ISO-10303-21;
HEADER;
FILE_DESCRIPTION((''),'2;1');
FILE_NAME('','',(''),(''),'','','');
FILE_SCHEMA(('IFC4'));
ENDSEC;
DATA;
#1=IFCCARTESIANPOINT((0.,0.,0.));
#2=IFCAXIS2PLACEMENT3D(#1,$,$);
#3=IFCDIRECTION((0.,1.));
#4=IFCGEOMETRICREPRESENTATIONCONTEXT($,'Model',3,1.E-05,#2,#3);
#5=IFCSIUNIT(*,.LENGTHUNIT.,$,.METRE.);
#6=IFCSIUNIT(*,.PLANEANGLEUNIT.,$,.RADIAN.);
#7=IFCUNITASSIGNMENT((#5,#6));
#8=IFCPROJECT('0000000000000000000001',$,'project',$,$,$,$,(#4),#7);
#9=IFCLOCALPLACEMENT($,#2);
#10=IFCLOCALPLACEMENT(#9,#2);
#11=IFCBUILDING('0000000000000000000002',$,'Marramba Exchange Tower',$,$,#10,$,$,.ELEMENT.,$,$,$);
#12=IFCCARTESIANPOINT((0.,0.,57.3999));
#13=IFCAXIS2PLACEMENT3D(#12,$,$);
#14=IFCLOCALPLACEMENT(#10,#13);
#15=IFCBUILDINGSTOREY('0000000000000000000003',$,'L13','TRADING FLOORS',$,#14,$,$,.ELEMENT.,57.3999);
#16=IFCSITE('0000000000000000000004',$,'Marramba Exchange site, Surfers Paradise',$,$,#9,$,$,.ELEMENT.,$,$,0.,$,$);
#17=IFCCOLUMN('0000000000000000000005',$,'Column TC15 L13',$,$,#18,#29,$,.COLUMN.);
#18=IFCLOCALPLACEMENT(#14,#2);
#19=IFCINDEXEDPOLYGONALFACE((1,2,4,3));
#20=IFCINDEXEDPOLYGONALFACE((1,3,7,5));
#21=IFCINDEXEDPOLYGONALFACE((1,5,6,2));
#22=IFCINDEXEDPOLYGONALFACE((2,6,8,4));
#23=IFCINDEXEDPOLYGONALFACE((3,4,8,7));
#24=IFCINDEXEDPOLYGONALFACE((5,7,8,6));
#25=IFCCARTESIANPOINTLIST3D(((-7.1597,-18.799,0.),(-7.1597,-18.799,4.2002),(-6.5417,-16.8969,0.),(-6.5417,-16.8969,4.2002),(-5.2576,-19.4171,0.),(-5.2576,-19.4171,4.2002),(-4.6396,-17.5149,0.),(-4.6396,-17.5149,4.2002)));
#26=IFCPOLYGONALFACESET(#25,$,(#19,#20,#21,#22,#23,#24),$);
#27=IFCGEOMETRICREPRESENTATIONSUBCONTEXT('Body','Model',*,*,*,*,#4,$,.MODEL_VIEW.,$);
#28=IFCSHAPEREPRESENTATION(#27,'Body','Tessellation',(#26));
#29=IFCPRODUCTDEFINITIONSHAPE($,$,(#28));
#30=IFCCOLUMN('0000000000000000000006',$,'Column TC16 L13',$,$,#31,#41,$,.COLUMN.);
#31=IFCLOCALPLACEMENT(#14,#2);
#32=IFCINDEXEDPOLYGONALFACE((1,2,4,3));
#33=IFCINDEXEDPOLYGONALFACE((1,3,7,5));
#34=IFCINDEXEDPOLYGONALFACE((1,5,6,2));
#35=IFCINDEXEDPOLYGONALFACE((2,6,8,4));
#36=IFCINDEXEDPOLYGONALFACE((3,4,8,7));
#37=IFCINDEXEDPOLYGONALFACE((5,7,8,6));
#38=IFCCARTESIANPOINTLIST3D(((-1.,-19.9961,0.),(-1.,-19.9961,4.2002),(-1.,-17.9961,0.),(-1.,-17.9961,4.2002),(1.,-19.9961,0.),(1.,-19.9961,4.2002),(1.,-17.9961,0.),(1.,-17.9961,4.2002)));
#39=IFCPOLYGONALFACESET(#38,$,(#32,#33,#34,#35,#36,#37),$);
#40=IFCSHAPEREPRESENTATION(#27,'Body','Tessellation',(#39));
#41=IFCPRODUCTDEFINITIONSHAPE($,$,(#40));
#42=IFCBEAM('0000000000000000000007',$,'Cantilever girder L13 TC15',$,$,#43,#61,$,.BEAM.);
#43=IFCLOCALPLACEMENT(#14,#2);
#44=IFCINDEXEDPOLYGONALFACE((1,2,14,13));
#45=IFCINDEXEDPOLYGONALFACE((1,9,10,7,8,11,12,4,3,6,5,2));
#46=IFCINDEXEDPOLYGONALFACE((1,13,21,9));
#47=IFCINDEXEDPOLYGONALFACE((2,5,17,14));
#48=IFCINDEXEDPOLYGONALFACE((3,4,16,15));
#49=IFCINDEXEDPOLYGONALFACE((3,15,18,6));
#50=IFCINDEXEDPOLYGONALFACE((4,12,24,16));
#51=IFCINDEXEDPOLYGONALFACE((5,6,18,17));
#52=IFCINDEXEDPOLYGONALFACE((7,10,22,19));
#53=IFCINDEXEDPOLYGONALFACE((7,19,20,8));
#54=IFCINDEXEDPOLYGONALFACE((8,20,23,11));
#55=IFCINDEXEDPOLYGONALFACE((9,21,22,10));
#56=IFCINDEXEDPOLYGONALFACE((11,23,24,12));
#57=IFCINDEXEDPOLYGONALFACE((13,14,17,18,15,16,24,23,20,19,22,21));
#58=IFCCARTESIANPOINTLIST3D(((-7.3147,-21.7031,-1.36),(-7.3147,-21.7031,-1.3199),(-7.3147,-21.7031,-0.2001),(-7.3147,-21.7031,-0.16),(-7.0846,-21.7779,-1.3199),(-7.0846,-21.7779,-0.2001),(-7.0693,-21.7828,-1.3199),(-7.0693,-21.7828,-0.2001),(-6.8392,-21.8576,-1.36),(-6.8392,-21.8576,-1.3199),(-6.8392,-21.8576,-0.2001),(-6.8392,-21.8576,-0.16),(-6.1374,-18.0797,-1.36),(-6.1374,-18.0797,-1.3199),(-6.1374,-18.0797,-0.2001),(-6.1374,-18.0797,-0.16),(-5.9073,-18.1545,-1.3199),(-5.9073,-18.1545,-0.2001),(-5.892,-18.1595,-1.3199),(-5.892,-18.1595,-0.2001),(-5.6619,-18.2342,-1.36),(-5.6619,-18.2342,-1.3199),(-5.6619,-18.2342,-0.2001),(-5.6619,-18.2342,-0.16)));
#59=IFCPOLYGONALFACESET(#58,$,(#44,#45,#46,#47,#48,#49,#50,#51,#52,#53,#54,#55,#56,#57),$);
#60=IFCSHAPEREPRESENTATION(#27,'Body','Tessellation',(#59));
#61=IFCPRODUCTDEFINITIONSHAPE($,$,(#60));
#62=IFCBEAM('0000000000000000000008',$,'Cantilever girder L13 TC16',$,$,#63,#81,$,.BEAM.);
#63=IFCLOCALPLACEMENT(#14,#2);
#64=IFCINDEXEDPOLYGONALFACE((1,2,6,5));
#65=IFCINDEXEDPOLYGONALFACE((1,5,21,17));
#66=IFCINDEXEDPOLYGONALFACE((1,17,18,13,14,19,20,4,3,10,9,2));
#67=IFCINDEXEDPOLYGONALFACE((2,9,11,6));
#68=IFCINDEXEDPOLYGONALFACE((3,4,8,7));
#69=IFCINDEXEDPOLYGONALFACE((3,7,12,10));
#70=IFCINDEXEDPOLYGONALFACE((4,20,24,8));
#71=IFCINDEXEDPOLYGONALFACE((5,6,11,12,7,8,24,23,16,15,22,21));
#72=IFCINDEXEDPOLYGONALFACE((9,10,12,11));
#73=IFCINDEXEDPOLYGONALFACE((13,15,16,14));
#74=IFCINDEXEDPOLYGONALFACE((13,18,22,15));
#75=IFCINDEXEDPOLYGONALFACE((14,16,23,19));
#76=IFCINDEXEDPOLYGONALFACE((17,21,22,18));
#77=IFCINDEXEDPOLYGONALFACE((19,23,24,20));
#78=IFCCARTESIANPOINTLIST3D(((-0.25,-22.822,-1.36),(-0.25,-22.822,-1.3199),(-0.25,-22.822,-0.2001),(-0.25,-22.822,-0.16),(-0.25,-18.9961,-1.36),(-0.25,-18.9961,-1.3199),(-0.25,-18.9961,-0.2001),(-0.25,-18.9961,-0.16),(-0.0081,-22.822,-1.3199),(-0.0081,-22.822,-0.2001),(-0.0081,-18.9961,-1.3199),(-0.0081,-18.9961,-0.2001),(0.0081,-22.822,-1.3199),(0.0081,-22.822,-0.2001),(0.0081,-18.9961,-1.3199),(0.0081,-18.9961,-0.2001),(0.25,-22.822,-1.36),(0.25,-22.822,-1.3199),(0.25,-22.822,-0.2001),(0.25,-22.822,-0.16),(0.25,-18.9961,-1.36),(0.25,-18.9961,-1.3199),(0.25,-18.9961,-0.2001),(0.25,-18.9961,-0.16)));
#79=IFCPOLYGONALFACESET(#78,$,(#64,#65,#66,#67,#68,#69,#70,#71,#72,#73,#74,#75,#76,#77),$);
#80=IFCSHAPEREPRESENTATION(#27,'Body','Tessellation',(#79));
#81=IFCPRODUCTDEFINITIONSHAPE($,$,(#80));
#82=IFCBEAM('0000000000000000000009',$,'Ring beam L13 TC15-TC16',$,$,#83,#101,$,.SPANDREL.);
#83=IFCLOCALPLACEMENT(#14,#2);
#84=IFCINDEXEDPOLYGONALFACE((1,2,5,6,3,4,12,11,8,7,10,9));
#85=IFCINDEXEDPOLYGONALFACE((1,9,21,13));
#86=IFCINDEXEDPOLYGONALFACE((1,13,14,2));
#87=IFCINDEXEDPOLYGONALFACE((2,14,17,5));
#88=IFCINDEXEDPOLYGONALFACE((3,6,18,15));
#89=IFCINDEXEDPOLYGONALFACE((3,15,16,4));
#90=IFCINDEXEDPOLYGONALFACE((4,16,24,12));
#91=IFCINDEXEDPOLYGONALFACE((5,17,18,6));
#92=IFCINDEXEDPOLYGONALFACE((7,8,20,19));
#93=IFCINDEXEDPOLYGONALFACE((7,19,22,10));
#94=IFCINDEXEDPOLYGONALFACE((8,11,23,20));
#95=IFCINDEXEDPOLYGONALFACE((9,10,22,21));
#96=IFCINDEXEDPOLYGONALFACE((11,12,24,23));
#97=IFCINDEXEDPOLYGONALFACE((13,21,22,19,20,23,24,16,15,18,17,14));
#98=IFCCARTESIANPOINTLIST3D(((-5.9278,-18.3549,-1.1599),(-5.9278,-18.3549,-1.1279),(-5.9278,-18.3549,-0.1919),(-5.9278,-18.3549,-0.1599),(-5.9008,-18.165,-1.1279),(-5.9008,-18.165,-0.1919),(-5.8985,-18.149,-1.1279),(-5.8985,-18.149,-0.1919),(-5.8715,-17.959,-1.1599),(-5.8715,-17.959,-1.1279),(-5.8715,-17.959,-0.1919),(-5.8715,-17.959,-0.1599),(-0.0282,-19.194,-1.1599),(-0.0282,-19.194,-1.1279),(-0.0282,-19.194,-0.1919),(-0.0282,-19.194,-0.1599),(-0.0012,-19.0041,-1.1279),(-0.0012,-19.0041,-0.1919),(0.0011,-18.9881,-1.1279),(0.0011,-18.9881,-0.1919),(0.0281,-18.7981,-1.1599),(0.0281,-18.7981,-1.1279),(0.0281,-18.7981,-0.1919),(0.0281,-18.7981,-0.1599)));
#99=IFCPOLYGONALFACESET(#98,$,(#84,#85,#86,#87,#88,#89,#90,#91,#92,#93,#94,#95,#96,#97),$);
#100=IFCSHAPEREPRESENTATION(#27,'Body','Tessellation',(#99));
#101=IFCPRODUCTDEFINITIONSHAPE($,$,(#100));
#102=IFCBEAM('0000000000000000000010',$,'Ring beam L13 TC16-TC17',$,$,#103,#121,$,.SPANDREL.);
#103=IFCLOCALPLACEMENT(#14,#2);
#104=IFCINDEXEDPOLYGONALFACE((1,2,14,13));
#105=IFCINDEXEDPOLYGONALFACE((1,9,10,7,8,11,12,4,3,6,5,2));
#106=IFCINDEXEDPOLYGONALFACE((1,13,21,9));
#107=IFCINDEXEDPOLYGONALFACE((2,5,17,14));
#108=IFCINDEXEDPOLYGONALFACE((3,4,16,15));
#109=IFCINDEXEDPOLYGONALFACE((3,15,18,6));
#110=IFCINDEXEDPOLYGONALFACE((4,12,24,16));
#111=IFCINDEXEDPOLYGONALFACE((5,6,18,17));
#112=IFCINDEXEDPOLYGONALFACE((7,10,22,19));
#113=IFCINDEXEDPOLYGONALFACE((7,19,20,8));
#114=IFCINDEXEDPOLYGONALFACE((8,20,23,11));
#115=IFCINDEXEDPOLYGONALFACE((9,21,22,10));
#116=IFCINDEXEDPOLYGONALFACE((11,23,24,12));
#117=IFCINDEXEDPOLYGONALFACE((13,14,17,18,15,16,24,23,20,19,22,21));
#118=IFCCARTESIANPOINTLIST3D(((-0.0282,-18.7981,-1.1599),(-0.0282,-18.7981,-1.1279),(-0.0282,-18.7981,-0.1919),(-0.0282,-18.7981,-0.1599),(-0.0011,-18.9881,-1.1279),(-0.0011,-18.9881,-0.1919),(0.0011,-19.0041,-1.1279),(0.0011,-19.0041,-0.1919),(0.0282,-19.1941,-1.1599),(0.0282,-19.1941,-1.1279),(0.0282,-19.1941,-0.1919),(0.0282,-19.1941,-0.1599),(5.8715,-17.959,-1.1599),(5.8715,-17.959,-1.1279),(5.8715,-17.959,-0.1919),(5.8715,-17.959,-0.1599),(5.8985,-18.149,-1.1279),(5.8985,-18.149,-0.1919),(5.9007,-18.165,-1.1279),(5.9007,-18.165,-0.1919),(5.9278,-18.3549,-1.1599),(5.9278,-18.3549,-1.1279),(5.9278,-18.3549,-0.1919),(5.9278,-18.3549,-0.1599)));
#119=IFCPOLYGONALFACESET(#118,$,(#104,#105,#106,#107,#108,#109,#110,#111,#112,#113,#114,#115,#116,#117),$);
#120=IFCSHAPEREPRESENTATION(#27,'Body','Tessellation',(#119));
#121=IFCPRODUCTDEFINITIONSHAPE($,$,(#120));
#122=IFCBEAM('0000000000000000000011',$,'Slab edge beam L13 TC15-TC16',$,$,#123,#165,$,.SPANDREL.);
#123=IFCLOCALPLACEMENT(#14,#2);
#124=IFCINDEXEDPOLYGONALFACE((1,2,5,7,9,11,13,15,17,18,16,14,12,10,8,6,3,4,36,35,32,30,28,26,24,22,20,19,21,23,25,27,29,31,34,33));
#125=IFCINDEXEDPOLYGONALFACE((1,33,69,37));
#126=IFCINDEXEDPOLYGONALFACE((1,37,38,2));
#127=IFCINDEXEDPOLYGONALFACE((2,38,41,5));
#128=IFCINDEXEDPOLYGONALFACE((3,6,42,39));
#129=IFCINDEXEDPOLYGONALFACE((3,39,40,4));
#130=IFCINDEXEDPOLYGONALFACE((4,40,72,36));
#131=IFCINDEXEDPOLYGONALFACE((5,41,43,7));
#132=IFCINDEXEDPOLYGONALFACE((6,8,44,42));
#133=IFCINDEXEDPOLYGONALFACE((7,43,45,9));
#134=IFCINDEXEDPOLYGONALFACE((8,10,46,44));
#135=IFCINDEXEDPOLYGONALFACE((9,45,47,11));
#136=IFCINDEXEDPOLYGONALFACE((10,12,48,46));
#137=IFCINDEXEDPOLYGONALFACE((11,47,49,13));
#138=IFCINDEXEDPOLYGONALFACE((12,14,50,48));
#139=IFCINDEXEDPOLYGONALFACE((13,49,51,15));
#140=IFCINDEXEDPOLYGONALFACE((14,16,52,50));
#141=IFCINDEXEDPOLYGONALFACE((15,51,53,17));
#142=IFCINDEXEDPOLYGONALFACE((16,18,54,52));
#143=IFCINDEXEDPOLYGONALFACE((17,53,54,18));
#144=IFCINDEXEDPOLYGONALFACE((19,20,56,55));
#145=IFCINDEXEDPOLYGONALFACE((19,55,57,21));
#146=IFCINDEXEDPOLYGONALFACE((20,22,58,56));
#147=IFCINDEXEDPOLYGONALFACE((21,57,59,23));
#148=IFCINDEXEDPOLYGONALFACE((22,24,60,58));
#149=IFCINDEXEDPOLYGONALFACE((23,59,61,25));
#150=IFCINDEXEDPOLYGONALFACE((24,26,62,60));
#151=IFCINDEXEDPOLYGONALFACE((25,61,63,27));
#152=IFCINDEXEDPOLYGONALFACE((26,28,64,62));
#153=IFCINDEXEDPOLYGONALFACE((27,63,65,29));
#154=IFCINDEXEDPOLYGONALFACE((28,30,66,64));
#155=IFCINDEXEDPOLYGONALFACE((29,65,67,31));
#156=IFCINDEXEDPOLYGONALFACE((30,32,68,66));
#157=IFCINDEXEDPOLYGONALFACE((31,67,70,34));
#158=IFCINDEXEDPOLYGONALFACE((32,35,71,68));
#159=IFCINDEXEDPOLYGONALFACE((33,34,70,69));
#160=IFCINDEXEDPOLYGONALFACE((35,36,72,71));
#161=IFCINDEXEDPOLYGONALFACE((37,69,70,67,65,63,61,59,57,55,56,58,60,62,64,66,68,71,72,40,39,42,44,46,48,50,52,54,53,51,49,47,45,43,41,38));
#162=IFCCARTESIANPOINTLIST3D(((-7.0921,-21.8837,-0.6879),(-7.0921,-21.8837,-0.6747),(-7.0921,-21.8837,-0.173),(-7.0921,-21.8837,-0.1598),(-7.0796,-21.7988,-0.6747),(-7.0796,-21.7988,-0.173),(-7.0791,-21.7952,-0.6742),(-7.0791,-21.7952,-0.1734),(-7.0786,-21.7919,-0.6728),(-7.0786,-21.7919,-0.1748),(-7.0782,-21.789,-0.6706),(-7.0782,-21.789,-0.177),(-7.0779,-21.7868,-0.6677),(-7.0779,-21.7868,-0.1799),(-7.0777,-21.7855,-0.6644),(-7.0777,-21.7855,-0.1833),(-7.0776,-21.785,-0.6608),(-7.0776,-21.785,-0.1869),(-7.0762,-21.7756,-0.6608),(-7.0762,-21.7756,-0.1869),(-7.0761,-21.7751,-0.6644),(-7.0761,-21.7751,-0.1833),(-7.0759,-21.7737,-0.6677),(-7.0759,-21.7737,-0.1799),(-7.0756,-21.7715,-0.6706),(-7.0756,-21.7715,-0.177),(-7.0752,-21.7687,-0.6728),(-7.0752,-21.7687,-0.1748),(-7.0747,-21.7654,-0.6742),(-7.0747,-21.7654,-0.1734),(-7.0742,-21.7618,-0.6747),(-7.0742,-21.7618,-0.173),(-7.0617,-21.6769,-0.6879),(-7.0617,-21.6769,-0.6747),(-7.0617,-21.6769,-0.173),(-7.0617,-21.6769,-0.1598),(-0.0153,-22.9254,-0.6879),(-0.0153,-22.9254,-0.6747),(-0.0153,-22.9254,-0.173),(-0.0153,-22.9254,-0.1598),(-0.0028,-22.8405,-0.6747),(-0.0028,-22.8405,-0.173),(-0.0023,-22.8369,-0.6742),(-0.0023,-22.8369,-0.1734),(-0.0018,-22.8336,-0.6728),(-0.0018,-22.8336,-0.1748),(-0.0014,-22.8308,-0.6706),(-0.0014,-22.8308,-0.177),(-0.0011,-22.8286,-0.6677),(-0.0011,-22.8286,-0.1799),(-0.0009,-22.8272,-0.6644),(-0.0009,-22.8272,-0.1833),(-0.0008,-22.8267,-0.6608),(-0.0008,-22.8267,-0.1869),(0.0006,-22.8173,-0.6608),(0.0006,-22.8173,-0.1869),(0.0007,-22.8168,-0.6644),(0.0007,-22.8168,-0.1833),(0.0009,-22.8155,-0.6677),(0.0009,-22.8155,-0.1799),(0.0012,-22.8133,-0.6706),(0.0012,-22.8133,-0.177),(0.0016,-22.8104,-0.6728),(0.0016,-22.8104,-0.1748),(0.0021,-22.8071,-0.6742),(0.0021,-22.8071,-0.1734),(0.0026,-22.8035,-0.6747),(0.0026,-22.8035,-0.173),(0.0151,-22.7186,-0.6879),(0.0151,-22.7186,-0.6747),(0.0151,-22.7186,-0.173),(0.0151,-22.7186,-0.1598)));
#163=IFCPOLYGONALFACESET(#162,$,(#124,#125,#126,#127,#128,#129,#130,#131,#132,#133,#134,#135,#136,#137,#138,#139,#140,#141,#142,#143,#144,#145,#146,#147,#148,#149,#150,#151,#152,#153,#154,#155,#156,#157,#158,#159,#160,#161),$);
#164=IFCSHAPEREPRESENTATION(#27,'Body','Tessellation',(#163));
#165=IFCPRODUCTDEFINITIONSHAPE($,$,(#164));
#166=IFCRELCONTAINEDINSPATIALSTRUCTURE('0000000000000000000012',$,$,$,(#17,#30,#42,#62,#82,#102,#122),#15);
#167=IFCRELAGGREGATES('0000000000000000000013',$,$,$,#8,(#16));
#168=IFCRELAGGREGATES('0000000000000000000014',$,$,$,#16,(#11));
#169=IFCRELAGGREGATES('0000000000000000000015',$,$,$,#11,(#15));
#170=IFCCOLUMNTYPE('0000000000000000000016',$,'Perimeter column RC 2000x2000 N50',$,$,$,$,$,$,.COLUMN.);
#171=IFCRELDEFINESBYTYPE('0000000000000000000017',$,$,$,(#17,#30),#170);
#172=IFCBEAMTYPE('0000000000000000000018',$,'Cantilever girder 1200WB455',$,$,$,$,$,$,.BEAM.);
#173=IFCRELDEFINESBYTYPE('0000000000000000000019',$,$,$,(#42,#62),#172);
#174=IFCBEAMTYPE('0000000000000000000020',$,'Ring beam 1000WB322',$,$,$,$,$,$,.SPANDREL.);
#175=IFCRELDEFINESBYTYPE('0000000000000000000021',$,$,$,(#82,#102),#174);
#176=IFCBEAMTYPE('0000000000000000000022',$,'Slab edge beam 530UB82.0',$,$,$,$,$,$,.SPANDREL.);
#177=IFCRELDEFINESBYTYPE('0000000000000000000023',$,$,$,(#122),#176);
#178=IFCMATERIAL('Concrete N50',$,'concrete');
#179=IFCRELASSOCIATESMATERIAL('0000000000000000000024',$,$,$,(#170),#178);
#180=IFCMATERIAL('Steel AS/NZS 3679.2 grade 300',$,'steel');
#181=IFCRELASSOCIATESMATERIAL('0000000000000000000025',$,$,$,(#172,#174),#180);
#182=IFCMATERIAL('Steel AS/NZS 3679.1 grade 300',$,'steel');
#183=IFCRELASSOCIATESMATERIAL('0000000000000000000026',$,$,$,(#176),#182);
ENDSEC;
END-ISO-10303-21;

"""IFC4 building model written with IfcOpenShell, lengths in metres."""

from ifc_helpers import new_model, si_unit, direction, frame, origin, origin_2d, place, context, subcontext, project, spatial, rectangle, i_section, extrude, material, material_profile, profile_set, type_object, element, save


model = new_model("IFC4")

# Units and contexts
model_context = context("Model", 3, precision=1e-05, world=origin(), true_north=direction((0.0, 1.0)))
body_context = subcontext(model_context, "Body", "Model", "MODEL_VIEW")
ifc_project = project(units=[si_unit("LENGTHUNIT", "METRE"), si_unit("PLANEANGLEUNIT", "RADIAN")], contexts=[model_context])

# Site, building, storey
site_placement = place(None, origin())
site = spatial("IfcSite", under=ifc_project, at=site_placement, Name="Marramba Exchange site, Surfers Paradise", CompositionType="ELEMENT", RefElevation=0.0)
building_placement = place(site_placement, origin())
building = spatial("IfcBuilding", under=site, at=building_placement, Name="Marramba Exchange Tower", CompositionType="ELEMENT")
storey_placement = place(building_placement, frame((0.0, 0.0, 57.3999)))
storey = spatial("IfcBuildingStorey", under=building, at=storey_placement, Name="L13", Description="TRADING FLOORS", CompositionType="ELEMENT", Elevation=57.3999)

# Columns
ifc_material_1 = material(Name="Concrete N50", Category="concrete")
ifc_material_profile_1 = material_profile(ifc_material_1, rectangle(XDim=2.0, YDim=2.0, at=origin_2d()), Name="RC 2000x2000")
ifc_profile_set_1 = profile_set([ifc_material_profile_1], Name="Concrete N50")
column_type = type_object("IfcColumnType", Name="Perimeter column RC 2000x2000 N50", PredefinedType="COLUMN", material=ifc_profile_set_1)
for number, where, z_axis, x_axis, name in (
    (1, (-5.8997, -18.157, 0.0), (0.0, 0.0, 1.0), (-0.309017, -0.951057, 0.0), "Column TC15 L13"),
    (2, (0.0, -18.9961, 0.0), (0.0, 0.0, 1.0), (0.0, -1.0, 0.0), "Column TC16 L13"),
):
    element("IfcColumn", number, at=place(storey_placement, frame(where, z_axis=z_axis, x_axis=x_axis)), inside=storey, type_object=column_type, Name=name, PredefinedType="COLUMN", context=body_context, shape_type="SweptSolid", body=[
        extrude(rectangle(XDim=2.0, YDim=2.0, at=origin_2d()), origin(), (0.0, 0.0, 1.0), 4.2002),
    ])

# Beams
ifc_material_2 = material(Name="Steel AS/NZS 3679.2 grade 300", Category="steel")
ifc_material_profile_2 = material_profile(ifc_material_2, i_section(OverallWidth=0.5, OverallDepth=1.2, WebThickness=0.0161, FlangeThickness=0.04, at=origin_2d()), Name="1200WB455")
ifc_profile_set_2 = profile_set([ifc_material_profile_2], Name="Steel AS/NZS 3679.2 grade 300")
beam_type_1 = type_object("IfcBeamType", Name="Cantilever girder 1200WB455", PredefinedType="BEAM", material=ifc_profile_set_2)
beam_1_placement = place(storey_placement, frame((-5.8997, -18.157, -0.76), z_axis=(-0.309009, -0.951059, 0.0), x_axis=(0.951059, -0.309009, 0.0)))
element("IfcBeam", 3, at=beam_1_placement, inside=storey, type_object=beam_type_1, Name="Cantilever girder L13 TC15", PredefinedType="BEAM", context=body_context, shape_type="SweptSolid", body=[
    extrude(i_section(OverallWidth=0.5, OverallDepth=1.2, WebThickness=0.0161, FlangeThickness=0.04, at=origin_2d()), origin(), (0.0, 0.0, 1.0), 3.8098),
])
beam_2_placement = place(storey_placement, frame((0.0, -18.9961, -0.76), z_axis=(0.0, -1.0, 0.0), x_axis=(1.0, 0.0, 0.0)))
element("IfcBeam", 4, at=beam_2_placement, inside=storey, type_object=beam_type_1, Name="Cantilever girder L13 TC16", PredefinedType="BEAM", context=body_context, shape_type="SweptSolid", body=[
    extrude(i_section(OverallWidth=0.5, OverallDepth=1.2, WebThickness=0.0161, FlangeThickness=0.04, at=origin_2d()), origin(), (0.0, 0.0, 1.0), 3.8259),
])
ifc_material_profile_3 = material_profile(ifc_material_2, i_section(OverallWidth=0.3999, OverallDepth=1.0, WebThickness=0.0161, FlangeThickness=0.032, at=origin_2d()), Name="1000WB322")
ifc_profile_set_3 = profile_set([ifc_material_profile_3], Name="Steel AS/NZS 3679.2 grade 300")
beam_type_2 = type_object("IfcBeamType", Name="Ring beam 1000WB322", PredefinedType="SPANDREL", material=ifc_profile_set_3)
for number, where, z_axis, x_axis, name in (
    (5, (-5.8997, -18.157, -0.6599), (0.990036, -0.140813, 0.0), (0.140813, 0.990036, 0.0), "Ring beam L13 TC15-TC16"),
    (6, (0.0, -18.9961, -0.6599), (0.990036, 0.140813, 0.0), (-0.140813, 0.990036, 0.0), "Ring beam L13 TC16-TC17"),
):
    element("IfcBeam", number, at=place(storey_placement, frame(where, z_axis=z_axis, x_axis=x_axis)), inside=storey, type_object=beam_type_2, Name=name, PredefinedType="SPANDREL", context=body_context, shape_type="SweptSolid", body=[
        extrude(i_section(OverallWidth=0.3999, OverallDepth=1.0, WebThickness=0.0161, FlangeThickness=0.032, at=origin_2d()), origin(), (0.0, 0.0, 1.0), 5.959),
    ])
ifc_material_3 = material(Name="Steel AS/NZS 3679.1 grade 300", Category="steel")
ifc_material_profile_4 = material_profile(ifc_material_3, i_section(OverallWidth=0.209, OverallDepth=0.5281, WebThickness=0.0095, FlangeThickness=0.0132, FilletRadius=0.0139, at=origin_2d()), Name="530UB82.0")
ifc_profile_set_4 = profile_set([ifc_material_profile_4], Name="Steel AS/NZS 3679.1 grade 300")
beam_type_3 = type_object("IfcBeamType", Name="Slab edge beam 530UB82.0", PredefinedType="SPANDREL", material=ifc_profile_set_4)
for number, where, z_axis, x_axis, name in (
    (7, (-7.0769, -21.7803, -0.4238), (0.989338, -0.145634, 0.0), (0.145634, 0.989338, 0.0), "Slab edge beam L13 TC15-TC16"),
):
    element("IfcBeam", number, at=place(storey_placement, frame(where, z_axis=z_axis, x_axis=x_axis)), inside=storey, type_object=beam_type_3, Name=name, PredefinedType="SPANDREL", context=body_context, shape_type="SweptSolid", body=[
        extrude(i_section(OverallWidth=0.209, OverallDepth=0.5281, WebThickness=0.0095, FlangeThickness=0.0132, FilletRadius=0.0139, at=origin_2d()), origin(), (0.0, 0.0, 1.0), 7.1531),
    ])

save(model, "model.ifc")
